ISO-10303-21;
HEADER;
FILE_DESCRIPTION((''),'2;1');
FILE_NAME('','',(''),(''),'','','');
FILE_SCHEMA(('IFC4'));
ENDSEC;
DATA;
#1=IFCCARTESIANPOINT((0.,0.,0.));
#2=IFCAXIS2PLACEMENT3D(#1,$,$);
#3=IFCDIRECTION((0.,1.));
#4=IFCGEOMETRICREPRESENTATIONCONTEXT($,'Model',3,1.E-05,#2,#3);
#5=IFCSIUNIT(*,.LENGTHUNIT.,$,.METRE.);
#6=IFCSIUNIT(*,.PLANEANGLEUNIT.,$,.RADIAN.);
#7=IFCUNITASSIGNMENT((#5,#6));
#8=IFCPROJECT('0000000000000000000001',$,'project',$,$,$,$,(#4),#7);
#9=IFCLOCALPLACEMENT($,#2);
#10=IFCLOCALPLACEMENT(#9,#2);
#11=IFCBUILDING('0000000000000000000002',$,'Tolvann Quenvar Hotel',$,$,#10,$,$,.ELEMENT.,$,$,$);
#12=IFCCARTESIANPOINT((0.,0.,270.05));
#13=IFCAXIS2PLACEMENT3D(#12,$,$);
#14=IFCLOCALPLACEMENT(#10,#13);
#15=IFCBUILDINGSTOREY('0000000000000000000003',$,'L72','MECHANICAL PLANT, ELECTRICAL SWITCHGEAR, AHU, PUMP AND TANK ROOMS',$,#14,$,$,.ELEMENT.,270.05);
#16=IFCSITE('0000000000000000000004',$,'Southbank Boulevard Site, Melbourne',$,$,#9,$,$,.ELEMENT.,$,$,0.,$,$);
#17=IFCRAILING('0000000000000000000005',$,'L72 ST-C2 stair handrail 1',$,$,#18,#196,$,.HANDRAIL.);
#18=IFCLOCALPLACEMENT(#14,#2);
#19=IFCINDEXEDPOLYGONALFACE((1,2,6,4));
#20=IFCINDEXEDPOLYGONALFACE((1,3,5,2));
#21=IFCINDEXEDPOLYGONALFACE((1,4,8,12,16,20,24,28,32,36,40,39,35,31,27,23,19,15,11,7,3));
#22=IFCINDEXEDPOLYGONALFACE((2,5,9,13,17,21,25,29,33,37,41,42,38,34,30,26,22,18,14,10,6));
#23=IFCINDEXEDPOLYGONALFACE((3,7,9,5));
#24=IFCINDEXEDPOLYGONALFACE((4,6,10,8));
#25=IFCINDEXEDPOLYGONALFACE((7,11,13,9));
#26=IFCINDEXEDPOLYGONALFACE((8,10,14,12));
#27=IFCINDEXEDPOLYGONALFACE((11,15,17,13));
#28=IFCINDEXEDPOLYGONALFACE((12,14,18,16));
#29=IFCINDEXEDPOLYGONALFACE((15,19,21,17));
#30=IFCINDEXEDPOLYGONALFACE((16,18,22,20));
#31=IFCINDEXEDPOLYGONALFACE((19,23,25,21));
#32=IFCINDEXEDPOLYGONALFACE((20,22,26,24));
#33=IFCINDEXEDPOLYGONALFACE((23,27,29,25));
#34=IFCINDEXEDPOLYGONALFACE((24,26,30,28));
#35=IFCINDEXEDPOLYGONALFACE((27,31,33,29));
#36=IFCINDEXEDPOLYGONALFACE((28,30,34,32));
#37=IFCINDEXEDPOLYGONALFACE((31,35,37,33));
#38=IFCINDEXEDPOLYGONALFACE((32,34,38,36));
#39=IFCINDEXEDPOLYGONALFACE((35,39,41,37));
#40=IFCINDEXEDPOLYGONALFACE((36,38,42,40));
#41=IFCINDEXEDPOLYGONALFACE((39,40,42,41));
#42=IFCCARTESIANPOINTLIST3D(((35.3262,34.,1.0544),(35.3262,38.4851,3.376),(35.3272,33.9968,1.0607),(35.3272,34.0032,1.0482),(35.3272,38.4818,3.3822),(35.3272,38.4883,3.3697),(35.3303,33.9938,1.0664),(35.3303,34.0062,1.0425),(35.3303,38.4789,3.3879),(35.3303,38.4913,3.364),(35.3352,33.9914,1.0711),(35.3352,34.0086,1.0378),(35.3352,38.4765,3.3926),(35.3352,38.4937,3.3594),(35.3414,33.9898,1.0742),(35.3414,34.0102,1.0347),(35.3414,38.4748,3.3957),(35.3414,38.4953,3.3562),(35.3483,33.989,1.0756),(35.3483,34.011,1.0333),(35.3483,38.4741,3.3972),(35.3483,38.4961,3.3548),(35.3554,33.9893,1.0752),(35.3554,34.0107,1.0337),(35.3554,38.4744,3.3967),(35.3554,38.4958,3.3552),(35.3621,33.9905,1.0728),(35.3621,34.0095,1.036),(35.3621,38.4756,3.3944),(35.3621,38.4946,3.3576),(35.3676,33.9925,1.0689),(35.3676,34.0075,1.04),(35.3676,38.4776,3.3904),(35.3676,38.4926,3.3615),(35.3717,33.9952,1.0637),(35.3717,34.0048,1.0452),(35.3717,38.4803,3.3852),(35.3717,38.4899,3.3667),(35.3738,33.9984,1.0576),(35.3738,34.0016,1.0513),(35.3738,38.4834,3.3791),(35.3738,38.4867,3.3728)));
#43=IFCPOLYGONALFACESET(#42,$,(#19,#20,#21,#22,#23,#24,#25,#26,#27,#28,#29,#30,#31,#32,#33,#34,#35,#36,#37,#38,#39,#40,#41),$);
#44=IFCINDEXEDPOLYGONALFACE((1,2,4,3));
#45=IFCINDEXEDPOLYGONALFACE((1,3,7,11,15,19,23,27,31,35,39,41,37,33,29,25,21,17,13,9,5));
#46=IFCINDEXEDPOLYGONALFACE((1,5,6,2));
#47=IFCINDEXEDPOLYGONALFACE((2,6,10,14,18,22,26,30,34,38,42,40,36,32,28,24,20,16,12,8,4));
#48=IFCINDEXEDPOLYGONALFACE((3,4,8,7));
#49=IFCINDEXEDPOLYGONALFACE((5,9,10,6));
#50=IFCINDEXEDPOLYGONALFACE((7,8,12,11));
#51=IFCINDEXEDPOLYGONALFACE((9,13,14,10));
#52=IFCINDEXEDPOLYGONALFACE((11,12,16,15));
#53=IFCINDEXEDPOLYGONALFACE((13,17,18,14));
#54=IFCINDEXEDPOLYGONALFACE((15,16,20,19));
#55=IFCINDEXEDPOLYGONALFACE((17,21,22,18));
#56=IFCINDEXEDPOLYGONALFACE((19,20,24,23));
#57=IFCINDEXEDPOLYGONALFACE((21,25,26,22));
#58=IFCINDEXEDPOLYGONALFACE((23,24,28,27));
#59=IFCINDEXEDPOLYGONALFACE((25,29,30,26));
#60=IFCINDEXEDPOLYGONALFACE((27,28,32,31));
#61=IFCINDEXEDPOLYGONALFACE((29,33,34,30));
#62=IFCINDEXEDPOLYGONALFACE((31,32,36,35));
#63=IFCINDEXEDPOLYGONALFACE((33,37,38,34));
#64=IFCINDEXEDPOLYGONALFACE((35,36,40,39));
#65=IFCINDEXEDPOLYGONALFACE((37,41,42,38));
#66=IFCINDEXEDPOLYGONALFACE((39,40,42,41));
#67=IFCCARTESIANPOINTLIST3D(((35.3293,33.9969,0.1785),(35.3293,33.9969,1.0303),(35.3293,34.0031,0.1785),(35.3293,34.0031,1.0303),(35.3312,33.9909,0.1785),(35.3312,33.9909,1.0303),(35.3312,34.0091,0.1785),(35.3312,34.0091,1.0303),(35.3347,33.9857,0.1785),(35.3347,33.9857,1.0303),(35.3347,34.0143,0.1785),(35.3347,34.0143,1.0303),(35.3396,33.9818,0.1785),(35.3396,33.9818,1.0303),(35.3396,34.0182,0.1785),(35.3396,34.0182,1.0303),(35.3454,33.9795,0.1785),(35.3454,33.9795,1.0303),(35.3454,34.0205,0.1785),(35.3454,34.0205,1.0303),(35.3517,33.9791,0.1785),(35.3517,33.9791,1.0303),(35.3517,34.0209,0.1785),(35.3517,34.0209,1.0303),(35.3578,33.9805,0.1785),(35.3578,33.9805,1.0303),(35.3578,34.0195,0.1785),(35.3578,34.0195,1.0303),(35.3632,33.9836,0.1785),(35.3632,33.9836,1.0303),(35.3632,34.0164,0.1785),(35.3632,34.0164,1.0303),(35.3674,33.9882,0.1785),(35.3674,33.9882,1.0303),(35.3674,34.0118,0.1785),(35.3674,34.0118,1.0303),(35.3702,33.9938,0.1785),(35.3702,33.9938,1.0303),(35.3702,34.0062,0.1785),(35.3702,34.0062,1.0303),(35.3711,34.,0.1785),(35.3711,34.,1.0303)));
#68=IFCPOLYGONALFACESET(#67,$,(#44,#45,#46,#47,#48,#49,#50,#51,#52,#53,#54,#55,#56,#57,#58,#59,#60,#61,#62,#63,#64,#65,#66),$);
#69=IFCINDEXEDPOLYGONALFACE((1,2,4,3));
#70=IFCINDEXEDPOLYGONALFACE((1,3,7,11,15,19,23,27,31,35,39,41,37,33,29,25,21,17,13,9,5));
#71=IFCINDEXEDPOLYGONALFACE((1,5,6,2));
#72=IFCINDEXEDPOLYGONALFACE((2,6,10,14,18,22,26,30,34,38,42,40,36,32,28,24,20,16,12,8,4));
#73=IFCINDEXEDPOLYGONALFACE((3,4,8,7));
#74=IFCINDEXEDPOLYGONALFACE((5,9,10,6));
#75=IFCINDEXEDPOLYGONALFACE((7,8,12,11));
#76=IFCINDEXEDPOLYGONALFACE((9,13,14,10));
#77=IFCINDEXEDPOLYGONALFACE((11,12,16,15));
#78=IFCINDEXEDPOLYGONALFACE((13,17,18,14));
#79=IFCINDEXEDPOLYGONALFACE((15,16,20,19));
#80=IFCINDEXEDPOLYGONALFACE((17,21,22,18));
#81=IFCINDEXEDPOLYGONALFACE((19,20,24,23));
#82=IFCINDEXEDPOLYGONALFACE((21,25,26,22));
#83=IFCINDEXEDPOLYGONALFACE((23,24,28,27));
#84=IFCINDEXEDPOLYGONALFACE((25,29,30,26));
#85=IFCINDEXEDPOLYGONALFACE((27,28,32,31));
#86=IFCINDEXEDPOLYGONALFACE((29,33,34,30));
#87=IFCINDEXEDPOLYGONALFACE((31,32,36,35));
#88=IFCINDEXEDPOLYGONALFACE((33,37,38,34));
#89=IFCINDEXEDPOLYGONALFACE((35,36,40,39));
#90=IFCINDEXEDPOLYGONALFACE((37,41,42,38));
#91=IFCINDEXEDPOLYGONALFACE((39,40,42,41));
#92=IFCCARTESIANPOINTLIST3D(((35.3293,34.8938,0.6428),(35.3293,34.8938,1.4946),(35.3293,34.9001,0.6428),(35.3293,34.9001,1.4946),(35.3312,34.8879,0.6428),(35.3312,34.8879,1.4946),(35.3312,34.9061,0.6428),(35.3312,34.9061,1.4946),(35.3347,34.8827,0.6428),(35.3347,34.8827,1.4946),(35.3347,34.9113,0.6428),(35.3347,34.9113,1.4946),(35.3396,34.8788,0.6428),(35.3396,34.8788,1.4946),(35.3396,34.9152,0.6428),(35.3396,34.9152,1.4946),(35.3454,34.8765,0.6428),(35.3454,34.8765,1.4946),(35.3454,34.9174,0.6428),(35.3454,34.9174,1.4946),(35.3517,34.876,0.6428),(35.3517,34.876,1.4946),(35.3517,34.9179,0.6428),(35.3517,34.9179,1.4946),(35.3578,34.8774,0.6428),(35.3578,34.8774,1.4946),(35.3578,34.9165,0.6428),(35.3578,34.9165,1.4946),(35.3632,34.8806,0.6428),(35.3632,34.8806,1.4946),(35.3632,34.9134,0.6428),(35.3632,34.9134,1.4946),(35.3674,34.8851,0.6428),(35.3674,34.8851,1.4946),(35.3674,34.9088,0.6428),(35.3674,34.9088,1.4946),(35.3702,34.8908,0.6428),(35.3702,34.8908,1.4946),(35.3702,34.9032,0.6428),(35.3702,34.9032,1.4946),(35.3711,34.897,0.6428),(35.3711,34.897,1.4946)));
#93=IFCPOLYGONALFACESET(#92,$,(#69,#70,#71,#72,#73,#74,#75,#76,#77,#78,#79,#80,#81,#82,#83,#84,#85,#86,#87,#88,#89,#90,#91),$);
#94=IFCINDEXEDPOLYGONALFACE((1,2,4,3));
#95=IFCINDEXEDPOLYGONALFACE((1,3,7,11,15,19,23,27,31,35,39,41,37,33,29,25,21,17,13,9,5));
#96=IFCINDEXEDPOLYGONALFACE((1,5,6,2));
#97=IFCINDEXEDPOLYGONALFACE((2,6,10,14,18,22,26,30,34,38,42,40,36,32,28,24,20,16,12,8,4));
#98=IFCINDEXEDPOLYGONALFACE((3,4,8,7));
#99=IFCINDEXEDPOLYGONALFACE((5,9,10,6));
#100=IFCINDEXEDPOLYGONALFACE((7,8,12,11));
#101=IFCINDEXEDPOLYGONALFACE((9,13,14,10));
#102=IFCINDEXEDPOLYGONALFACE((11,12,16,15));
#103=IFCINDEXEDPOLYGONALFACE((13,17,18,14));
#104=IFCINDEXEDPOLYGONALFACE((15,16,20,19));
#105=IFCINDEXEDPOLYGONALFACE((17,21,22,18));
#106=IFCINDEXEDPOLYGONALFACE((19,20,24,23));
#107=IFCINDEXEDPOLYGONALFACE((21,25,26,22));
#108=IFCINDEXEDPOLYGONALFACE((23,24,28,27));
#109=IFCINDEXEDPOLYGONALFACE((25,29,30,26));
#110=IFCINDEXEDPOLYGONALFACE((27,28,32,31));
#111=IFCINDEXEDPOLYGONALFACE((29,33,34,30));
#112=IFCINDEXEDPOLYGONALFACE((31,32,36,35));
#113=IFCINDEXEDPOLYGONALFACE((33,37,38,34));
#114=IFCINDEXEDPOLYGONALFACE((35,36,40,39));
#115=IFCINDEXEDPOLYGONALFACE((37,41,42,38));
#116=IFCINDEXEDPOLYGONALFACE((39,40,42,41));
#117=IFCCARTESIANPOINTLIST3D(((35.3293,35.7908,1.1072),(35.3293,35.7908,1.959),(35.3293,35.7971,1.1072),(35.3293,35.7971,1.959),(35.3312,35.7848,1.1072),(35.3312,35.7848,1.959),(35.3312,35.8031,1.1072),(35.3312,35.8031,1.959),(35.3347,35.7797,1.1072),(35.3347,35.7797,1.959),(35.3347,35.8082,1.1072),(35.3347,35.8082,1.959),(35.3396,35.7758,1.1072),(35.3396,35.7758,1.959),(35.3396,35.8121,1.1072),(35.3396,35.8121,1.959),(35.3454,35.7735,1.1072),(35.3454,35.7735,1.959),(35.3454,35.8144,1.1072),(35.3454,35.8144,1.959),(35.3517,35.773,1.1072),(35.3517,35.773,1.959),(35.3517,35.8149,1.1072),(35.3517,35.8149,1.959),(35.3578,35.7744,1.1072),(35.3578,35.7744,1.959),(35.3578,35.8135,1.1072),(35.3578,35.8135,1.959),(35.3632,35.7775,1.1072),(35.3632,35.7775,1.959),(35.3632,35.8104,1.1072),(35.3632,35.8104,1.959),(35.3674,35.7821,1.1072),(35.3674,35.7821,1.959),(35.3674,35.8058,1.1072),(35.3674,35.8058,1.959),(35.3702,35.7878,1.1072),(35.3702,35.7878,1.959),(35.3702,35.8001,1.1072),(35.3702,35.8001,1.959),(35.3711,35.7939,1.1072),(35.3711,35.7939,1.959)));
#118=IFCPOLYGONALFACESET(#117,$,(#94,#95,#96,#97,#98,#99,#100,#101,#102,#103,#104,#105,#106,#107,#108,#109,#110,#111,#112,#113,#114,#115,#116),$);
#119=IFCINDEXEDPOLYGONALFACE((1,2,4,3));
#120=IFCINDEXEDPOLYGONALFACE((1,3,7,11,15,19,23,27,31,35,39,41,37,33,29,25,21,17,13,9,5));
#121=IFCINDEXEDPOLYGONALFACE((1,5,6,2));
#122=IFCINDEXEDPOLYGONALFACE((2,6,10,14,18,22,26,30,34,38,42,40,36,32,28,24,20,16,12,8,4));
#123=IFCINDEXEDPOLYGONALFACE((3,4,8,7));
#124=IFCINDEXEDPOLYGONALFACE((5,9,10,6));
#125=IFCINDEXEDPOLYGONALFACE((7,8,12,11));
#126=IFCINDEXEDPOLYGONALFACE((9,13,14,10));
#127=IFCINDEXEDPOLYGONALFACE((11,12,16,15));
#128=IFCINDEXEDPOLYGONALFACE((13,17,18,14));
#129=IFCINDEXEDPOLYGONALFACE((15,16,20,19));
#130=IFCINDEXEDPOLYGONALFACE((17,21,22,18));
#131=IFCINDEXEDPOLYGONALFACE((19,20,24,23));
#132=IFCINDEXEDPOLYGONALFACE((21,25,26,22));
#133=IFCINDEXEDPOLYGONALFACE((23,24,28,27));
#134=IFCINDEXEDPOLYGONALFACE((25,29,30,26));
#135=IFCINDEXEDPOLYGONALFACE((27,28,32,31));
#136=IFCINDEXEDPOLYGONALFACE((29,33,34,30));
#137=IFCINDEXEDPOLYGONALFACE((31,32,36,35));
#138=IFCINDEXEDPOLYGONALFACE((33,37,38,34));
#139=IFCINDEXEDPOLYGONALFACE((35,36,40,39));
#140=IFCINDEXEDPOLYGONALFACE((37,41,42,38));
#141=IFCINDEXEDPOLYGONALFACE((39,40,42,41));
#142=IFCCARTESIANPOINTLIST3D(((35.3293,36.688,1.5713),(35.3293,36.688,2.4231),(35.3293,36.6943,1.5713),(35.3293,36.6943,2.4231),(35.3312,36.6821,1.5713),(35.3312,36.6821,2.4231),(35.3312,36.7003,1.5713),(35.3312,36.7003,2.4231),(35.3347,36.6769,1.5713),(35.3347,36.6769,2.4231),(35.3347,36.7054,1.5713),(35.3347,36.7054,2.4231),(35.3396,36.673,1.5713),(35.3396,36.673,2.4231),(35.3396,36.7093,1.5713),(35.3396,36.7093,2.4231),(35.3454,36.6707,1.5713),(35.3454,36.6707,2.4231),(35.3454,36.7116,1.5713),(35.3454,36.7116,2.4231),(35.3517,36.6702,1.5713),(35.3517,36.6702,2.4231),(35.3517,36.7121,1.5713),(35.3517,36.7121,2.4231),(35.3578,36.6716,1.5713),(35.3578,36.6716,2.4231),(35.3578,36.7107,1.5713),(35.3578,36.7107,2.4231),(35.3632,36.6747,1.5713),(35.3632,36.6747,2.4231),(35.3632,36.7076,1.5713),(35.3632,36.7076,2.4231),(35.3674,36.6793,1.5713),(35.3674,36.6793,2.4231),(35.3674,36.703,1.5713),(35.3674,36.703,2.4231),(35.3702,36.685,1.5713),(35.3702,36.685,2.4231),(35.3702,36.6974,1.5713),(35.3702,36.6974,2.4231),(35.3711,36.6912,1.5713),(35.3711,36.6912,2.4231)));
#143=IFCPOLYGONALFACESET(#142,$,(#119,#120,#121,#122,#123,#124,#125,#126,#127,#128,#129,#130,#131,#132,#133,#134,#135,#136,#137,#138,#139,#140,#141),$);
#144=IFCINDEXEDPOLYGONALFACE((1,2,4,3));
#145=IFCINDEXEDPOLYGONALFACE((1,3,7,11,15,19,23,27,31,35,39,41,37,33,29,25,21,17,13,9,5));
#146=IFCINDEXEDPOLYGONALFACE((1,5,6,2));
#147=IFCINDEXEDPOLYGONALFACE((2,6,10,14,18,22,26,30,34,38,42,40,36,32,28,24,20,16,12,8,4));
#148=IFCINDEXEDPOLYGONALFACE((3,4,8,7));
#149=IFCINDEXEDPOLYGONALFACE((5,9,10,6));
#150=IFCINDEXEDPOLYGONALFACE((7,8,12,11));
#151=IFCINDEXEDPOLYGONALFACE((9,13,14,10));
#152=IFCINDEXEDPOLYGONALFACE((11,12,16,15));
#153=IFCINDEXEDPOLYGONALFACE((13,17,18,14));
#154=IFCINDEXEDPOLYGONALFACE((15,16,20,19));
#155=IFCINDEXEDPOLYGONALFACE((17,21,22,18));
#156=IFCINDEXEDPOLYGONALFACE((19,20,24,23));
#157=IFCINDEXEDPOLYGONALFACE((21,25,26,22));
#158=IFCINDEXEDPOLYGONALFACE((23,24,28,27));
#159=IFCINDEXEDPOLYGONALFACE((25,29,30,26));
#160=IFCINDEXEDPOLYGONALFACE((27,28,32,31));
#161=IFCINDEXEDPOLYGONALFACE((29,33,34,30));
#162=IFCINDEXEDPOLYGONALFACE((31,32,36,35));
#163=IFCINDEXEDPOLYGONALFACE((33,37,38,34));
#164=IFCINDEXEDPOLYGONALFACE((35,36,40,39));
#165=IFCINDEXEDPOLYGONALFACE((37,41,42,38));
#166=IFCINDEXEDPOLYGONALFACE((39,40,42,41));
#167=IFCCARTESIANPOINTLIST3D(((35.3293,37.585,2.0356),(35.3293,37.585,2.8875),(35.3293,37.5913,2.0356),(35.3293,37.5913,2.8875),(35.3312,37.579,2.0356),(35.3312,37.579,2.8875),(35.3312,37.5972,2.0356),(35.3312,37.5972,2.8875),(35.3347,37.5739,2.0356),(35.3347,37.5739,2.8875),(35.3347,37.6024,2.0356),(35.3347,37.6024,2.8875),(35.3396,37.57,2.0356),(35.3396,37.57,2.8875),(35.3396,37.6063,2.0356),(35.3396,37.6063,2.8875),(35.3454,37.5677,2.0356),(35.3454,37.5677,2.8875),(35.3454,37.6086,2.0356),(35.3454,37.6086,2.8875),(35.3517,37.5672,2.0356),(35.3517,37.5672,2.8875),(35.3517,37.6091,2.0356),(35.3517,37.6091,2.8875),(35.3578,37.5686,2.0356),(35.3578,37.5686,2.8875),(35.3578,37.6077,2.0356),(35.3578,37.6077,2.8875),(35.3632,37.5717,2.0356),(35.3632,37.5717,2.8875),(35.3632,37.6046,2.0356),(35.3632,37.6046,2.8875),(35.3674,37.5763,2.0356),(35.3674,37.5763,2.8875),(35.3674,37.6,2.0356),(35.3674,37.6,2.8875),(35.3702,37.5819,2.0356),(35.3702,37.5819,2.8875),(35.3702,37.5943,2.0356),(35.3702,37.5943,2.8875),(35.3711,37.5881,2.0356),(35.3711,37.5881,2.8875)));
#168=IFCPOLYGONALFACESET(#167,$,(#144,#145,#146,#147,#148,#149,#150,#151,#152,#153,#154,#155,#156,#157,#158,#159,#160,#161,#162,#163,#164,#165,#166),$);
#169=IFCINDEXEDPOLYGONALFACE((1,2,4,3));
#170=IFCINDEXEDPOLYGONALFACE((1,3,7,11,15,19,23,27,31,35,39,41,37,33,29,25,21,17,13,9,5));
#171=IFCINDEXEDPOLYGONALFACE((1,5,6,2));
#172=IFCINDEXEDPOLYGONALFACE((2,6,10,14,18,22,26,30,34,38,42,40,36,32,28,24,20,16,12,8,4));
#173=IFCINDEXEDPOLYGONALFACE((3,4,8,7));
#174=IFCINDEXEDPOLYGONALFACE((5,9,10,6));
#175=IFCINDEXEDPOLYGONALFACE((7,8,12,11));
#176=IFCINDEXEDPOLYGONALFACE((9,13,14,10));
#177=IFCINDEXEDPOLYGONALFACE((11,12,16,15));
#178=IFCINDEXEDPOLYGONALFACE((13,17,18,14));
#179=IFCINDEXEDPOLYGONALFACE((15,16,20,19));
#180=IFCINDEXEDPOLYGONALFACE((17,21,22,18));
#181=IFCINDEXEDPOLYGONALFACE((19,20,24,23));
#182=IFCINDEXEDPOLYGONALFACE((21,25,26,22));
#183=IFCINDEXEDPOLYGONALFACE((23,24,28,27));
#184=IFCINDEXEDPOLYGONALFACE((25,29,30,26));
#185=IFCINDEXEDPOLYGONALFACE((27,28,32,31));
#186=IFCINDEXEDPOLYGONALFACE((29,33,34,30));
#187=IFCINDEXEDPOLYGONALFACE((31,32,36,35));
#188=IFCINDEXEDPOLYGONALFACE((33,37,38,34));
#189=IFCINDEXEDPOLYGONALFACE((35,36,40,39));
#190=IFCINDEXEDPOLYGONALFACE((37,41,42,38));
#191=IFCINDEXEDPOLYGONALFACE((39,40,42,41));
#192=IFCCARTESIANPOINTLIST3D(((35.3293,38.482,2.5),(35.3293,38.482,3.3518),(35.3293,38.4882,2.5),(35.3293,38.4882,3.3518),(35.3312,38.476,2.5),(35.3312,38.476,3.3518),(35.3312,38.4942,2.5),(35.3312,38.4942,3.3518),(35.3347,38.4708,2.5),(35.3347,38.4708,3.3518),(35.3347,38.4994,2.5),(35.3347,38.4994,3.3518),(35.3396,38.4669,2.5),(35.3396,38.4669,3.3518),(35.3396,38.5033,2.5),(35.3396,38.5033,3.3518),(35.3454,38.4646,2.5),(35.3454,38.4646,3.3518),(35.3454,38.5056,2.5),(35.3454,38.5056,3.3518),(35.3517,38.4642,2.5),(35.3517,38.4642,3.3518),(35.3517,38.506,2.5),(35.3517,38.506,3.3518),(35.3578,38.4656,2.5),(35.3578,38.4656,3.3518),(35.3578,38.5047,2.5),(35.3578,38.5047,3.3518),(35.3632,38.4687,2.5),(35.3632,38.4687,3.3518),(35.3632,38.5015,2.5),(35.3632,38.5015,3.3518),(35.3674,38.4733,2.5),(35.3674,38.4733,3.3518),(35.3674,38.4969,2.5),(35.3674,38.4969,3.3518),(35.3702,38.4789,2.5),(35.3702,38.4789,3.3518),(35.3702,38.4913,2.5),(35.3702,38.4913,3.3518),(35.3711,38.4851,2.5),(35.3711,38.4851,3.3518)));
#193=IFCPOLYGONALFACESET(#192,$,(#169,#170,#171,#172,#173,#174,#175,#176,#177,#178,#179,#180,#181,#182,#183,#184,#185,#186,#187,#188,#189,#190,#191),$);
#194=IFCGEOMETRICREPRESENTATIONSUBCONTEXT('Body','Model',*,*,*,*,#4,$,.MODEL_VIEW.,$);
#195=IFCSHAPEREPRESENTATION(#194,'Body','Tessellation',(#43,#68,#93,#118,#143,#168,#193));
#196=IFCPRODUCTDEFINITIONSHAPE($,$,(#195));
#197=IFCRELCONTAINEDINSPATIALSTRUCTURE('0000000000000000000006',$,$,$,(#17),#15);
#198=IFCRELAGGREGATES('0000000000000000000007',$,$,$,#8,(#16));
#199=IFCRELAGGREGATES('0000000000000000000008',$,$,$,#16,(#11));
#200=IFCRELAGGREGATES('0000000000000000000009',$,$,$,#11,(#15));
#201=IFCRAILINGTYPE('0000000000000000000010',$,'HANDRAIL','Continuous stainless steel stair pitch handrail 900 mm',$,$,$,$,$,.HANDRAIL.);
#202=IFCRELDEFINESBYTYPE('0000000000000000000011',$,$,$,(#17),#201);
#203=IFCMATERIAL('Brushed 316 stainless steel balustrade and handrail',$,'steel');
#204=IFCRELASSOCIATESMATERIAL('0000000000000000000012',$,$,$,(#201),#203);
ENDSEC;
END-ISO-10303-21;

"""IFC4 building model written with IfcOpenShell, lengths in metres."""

from ifc_helpers import new_model, si_unit, direction, frame, origin, origin_2d, place, context, subcontext, project, spatial, circle, extrude, material, type_object, element, save


model = new_model("IFC4")

# Units and contexts
model_context = context("Model", 3, precision=1e-05, world=origin(), true_north=direction((0.0, 1.0)))
body_context = subcontext(model_context, "Body", "Model", "MODEL_VIEW")
ifc_project = project(units=[si_unit("LENGTHUNIT", "METRE"), si_unit("PLANEANGLEUNIT", "RADIAN")], contexts=[model_context])

# Site, building, storey
site_placement = place(None, origin())
site = spatial("IfcSite", under=ifc_project, at=site_placement, Name="Southbank Boulevard Site, Melbourne", CompositionType="ELEMENT", RefElevation=0.0)
building_placement = place(site_placement, origin())
building = spatial("IfcBuilding", under=site, at=building_placement, Name="Tolvann Quenvar Hotel", CompositionType="ELEMENT")
storey_placement = place(building_placement, frame((0.0, 0.0, 270.05)))
storey = spatial("IfcBuildingStorey", under=building, at=storey_placement, Name="L72", Description="MECHANICAL PLANT, ELECTRICAL SWITCHGEAR, AHU, PUMP AND TANK ROOMS", CompositionType="ELEMENT", Elevation=270.05)

# Railing
ifc_material_1 = material(Name="Brushed 316 stainless steel balustrade and handrail", Category="steel")
railing_type_1 = type_object("IfcRailingType", Name="HANDRAIL", Description="Continuous stainless steel stair pitch handrail 900 mm", PredefinedType="HANDRAIL", material=ifc_material_1)
railing_1_placement = place(storey_placement, frame((35.3501, 34.0, 0.1785)))
element("IfcRailing", 1, at=railing_1_placement, inside=storey, type_object=railing_type_1, Name="L72 ST-C2 stair handrail 1", PredefinedType="HANDRAIL", context=body_context, shape_type="SweptSolid", body=[
    extrude(circle(Radius=0.0239, at=origin_2d()), frame((0.0, 0.0, 0.876), z_axis=(0.0, 0.888084, 0.459681), x_axis=(-1.0, 0.0, 0.0)), (0.0, 0.0, 1.0), 5.0503),
    extrude(circle(Radius=0.021, at=origin_2d()), origin(), (0.0, 0.0, 1.0), 0.8518),
    extrude(circle(Radius=0.021, at=origin_2d()), frame((0.0, 0.897, 0.4644)), (0.0, 0.0, 1.0), 0.8518),
    extrude(circle(Radius=0.021, at=origin_2d()), frame((0.0, 1.7939, 0.9287)), (0.0, 0.0, 1.0), 0.8518),
    extrude(circle(Radius=0.021, at=origin_2d()), frame((0.0, 2.6912, 1.3928)), (0.0, 0.0, 1.0), 0.8518),
    extrude(circle(Radius=0.021, at=origin_2d()), frame((0.0, 3.5881, 1.8572)), (0.0, 0.0, 1.0), 0.8518),
    extrude(circle(Radius=0.021, at=origin_2d()), frame((0.0, 4.4851, 2.3215)), (0.0, 0.0, 1.0), 0.8518),
])

save(model, "model.ifc")
